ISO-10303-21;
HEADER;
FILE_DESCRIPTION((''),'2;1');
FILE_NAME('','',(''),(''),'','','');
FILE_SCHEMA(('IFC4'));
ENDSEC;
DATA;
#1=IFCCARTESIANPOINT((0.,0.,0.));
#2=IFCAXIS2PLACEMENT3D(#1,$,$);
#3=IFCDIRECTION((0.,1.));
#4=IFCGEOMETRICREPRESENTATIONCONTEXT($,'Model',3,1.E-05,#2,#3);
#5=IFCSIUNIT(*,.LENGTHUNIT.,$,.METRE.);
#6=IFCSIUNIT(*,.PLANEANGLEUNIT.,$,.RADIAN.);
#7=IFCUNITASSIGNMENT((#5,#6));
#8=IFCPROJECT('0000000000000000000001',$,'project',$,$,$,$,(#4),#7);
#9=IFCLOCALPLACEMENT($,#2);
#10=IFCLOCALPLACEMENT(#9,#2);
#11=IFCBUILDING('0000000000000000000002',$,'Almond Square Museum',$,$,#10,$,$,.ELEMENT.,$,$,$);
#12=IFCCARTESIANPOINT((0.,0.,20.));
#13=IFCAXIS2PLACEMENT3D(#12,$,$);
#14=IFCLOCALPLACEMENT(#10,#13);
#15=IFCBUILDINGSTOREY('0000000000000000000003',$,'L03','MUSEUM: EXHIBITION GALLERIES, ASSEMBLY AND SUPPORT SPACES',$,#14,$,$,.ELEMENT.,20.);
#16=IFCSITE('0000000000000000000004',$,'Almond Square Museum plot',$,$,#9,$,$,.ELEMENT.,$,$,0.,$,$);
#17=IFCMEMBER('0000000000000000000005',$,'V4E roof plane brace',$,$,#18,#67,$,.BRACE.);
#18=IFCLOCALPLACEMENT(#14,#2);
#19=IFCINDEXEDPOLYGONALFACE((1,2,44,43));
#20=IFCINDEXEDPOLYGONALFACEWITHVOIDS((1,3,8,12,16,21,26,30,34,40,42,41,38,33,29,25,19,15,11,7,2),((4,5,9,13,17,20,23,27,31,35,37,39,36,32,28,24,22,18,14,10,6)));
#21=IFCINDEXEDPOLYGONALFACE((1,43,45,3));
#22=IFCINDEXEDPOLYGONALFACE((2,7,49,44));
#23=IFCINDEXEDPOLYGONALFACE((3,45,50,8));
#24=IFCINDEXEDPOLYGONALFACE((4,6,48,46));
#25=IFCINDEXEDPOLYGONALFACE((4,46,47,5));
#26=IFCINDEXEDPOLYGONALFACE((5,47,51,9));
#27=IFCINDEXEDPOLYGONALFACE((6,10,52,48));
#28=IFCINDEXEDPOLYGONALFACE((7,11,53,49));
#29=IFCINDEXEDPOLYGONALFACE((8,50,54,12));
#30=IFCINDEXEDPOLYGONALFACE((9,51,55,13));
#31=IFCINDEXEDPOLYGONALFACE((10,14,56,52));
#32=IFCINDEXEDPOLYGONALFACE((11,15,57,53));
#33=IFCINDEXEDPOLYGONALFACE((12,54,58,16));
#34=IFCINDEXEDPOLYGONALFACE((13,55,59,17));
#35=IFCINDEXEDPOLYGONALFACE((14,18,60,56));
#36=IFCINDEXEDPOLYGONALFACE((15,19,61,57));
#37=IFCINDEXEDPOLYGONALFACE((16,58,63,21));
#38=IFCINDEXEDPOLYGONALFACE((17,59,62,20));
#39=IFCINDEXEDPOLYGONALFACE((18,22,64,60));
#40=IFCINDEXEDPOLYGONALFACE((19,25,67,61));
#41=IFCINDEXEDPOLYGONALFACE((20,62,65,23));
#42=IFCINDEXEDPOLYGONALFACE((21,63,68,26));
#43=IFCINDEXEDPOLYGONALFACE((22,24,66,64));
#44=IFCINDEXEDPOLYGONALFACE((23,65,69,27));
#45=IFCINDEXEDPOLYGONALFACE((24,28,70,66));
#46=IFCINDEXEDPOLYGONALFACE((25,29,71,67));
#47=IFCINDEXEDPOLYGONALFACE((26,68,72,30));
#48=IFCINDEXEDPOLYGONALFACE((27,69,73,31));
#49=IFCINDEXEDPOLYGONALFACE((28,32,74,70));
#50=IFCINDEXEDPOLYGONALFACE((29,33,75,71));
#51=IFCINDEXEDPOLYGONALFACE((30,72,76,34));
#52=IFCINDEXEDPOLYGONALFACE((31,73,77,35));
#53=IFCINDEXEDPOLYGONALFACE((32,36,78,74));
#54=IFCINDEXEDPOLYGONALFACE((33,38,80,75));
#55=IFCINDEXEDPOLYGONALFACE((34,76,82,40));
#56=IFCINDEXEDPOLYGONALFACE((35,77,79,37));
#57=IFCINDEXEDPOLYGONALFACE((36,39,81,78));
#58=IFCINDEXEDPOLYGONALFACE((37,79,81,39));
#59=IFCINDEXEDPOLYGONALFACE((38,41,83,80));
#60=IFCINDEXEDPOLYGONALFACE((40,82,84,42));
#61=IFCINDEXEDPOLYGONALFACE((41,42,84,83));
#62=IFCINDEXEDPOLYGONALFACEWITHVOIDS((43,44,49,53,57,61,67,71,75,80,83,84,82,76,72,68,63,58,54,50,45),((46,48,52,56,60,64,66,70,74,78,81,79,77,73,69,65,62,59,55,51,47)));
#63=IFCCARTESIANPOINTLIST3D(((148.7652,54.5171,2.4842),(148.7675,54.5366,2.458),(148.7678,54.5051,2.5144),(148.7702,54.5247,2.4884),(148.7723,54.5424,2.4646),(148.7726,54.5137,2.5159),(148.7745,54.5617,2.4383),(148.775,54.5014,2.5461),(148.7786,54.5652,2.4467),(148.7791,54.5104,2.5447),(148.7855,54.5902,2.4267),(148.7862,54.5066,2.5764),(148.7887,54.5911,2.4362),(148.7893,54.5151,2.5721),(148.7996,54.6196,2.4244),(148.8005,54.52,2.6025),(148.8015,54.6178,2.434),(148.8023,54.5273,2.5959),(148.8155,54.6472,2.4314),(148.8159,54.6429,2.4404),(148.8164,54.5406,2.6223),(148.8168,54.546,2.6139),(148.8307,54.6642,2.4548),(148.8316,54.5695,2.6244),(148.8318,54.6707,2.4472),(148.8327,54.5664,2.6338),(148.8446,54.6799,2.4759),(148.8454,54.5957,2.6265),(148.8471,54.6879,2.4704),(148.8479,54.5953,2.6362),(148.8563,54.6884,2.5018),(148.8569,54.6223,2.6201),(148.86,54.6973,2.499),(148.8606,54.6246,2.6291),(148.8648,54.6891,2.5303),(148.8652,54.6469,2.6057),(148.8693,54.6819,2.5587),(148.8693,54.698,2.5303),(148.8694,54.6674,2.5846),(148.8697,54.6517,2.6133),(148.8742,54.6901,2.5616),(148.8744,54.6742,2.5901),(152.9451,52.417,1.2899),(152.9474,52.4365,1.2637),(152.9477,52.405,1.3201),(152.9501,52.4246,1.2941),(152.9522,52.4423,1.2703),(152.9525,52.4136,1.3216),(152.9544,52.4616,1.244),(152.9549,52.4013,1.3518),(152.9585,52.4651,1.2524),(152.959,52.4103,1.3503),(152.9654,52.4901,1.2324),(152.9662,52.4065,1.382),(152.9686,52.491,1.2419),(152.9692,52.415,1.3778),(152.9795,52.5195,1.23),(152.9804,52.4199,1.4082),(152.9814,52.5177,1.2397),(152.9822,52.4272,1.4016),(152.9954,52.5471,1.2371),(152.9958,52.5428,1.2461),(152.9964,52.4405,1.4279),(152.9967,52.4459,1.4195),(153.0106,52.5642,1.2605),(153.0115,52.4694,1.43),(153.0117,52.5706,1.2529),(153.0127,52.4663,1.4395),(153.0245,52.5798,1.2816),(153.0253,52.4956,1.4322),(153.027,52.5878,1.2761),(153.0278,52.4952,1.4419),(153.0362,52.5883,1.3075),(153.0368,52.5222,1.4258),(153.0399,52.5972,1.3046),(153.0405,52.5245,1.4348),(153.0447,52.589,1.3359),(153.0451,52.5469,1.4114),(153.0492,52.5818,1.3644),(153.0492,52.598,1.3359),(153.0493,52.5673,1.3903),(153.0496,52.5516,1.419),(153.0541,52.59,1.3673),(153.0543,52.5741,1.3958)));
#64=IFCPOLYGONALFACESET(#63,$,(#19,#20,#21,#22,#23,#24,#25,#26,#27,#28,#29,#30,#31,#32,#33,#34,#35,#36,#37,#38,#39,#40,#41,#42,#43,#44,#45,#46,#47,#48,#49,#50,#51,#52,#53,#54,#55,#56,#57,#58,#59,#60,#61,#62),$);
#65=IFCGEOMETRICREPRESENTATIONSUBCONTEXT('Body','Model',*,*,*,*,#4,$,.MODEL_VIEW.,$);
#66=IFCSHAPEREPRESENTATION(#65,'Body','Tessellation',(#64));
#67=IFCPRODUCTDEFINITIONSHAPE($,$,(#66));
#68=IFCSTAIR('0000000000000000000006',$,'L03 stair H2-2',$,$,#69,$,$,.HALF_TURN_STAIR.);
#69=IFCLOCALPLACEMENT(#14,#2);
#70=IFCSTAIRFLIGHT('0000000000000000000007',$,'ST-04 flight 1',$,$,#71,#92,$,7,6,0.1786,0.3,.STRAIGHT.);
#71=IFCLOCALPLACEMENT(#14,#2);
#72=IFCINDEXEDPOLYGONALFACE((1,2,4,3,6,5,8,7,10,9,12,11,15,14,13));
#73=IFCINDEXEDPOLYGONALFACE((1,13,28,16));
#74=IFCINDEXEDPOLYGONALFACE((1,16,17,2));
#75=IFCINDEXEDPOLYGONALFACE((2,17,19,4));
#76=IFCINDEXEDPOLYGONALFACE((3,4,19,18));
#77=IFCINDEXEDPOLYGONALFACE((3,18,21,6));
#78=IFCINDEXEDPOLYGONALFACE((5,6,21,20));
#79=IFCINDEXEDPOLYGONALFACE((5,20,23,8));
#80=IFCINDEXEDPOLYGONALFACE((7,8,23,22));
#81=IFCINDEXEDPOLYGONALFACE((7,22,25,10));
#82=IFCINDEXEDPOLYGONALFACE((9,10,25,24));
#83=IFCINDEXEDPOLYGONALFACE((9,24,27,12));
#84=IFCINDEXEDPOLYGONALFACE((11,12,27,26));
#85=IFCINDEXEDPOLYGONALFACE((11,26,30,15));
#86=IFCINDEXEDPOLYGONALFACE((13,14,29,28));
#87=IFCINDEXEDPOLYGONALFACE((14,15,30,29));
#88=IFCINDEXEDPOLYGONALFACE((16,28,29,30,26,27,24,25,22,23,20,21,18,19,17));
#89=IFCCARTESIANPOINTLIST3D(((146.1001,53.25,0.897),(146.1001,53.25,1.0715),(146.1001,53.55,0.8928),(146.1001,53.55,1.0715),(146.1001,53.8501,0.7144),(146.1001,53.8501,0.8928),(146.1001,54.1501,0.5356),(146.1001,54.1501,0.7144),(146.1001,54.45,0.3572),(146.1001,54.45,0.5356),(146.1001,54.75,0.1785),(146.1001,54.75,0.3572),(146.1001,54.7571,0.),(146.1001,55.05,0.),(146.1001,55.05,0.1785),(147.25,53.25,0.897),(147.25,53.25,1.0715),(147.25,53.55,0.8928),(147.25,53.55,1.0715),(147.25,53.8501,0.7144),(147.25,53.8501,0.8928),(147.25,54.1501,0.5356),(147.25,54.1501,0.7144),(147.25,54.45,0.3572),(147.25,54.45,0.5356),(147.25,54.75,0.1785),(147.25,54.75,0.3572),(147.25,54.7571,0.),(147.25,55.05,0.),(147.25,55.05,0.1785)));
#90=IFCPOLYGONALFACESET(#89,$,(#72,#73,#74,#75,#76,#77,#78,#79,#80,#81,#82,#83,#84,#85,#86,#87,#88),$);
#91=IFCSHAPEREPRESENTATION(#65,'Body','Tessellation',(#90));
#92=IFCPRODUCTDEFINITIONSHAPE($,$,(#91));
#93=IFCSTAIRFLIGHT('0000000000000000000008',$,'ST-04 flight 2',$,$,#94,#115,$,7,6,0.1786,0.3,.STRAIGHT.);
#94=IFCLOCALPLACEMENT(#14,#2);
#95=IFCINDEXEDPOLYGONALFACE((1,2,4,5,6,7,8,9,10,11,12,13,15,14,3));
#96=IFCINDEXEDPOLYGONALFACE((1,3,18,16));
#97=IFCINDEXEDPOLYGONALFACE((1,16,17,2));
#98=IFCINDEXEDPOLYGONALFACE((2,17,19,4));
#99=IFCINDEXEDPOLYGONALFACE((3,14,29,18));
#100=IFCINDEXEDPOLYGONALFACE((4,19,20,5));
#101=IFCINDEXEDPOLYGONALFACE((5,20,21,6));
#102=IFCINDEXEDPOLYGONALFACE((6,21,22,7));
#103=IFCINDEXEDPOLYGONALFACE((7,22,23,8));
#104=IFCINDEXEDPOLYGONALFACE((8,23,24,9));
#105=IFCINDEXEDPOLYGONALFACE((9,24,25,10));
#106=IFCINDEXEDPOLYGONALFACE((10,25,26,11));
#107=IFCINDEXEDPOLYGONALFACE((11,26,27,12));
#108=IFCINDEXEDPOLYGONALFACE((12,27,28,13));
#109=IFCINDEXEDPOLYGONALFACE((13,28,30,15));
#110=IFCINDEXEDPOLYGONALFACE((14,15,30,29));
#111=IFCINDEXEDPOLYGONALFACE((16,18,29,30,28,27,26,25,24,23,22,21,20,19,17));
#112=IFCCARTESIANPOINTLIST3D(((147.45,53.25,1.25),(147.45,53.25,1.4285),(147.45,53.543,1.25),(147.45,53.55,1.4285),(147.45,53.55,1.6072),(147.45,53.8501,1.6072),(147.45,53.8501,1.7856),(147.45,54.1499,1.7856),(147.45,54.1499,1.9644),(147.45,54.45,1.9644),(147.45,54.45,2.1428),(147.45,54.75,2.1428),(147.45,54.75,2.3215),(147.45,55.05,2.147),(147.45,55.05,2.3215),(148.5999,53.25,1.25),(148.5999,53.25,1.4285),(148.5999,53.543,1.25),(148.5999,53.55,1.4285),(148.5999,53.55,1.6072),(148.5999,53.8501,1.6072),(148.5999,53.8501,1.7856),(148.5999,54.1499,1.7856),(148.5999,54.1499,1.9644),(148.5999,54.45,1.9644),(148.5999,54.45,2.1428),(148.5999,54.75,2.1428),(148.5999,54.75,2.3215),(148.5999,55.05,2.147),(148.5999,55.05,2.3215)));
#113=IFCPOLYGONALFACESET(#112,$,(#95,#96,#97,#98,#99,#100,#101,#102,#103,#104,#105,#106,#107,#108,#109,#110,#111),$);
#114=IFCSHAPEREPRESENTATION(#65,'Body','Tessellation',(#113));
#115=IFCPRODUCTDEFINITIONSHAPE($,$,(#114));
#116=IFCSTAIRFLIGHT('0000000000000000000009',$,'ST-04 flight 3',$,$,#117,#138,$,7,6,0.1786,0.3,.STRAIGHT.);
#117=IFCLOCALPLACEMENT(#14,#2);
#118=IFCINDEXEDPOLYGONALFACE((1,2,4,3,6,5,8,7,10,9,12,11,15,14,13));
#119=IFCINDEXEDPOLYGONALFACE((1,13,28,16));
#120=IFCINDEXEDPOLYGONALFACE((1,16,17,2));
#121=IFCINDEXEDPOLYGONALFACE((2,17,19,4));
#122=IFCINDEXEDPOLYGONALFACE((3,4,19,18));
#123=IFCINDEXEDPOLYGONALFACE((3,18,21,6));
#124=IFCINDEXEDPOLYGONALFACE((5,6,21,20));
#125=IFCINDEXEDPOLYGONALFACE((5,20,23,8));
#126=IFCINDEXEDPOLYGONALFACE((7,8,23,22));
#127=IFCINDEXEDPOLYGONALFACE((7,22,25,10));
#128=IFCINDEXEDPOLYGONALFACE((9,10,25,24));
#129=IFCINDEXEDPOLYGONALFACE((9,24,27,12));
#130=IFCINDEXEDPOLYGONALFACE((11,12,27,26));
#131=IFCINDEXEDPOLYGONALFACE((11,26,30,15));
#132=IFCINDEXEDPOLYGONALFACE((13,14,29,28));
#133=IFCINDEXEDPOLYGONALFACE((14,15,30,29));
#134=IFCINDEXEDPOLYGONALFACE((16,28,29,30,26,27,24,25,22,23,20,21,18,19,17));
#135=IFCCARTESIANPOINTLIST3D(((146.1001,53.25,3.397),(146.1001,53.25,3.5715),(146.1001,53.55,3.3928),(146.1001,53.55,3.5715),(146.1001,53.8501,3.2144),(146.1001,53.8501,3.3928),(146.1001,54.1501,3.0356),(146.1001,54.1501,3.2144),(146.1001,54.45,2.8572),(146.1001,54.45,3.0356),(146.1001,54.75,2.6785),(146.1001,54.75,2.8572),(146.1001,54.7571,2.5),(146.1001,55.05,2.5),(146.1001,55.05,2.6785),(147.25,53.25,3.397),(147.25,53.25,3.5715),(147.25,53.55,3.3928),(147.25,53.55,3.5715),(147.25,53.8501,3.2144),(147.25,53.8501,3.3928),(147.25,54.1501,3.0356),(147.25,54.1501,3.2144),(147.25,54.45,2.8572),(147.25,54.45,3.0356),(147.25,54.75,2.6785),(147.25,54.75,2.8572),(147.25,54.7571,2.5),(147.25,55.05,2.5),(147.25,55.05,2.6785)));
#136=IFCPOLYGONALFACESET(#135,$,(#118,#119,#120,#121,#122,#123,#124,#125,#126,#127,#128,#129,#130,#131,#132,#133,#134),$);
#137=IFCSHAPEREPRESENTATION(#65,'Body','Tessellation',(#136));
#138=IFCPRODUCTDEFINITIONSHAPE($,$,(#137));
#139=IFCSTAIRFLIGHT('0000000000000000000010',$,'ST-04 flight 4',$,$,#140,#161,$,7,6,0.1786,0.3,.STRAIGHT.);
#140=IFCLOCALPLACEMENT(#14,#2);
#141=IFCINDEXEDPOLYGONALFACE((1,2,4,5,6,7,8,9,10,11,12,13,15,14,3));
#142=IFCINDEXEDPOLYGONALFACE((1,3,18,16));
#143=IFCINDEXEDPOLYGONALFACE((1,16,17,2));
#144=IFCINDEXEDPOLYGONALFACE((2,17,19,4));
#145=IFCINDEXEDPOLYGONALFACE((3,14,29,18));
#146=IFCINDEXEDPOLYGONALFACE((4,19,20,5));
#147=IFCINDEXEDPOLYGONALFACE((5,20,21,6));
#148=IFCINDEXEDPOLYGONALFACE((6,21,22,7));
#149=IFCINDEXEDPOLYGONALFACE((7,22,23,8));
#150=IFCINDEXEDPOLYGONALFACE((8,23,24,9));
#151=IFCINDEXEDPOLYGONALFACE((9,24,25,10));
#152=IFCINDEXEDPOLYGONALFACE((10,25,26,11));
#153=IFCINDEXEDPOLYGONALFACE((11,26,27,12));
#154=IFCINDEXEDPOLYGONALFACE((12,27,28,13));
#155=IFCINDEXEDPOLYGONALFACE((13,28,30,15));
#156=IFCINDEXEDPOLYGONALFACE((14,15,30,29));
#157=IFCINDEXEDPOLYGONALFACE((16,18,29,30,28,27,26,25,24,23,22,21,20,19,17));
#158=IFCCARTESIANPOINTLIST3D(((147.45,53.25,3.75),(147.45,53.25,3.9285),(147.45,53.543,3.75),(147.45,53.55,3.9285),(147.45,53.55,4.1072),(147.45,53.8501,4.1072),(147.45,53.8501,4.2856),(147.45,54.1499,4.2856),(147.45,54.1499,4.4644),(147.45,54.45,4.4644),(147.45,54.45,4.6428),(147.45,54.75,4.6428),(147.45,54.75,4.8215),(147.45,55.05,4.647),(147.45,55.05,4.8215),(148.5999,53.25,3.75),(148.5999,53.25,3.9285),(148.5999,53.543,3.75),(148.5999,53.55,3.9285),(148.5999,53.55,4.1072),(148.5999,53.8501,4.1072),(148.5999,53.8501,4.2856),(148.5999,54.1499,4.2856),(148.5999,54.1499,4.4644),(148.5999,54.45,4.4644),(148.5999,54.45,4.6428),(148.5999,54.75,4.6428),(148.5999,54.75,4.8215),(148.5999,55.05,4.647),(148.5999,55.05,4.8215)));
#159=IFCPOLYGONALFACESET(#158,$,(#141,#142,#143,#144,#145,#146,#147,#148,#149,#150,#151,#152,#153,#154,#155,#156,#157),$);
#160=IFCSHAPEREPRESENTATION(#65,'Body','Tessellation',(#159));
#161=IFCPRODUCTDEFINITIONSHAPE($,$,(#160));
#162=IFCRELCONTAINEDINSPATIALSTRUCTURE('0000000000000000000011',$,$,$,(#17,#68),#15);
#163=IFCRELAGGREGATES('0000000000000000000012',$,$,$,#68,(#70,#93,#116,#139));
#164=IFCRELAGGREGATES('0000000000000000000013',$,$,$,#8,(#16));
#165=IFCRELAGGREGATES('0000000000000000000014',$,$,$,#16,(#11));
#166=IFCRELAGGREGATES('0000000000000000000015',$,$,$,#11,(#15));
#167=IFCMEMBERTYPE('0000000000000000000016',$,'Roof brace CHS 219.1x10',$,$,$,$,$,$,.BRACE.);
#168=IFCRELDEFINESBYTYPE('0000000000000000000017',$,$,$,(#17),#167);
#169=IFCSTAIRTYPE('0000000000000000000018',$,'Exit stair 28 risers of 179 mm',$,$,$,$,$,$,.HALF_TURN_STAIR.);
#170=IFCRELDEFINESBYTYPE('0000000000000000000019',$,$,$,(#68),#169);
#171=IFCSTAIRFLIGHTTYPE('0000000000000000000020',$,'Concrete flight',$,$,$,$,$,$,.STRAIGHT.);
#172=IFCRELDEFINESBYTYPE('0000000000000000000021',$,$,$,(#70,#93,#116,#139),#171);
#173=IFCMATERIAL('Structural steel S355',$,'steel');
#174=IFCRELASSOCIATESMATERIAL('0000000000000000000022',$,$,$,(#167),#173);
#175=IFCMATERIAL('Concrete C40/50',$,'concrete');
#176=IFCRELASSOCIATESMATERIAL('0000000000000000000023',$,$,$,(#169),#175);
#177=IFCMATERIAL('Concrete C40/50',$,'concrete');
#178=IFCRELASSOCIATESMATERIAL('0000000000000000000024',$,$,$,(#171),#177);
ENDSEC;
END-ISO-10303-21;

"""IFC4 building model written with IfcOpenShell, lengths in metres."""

from ifc_helpers import new_model, si_unit, direction, frame, origin, origin_2d, place, context, subcontext, project, spatial, polyline, hollow_circle, outline, extrude, material, material_profile, profile_set, type_object, element, aggregate, save


model = new_model("IFC4")

# Units and contexts
model_context = context("Model", 3, precision=1e-05, world=origin(), true_north=direction((0.0, 1.0)))
body_context = subcontext(model_context, "Body", "Model", "MODEL_VIEW")
ifc_project = project(units=[si_unit("LENGTHUNIT", "METRE"), si_unit("PLANEANGLEUNIT", "RADIAN")], contexts=[model_context])

# Site, building, storey
site_placement = place(None, origin())
site = spatial("IfcSite", under=ifc_project, at=site_placement, Name="Almond Square Museum plot", CompositionType="ELEMENT", RefElevation=0.0)
building_placement = place(site_placement, origin())
building = spatial("IfcBuilding", under=site, at=building_placement, Name="Almond Square Museum", CompositionType="ELEMENT")
storey_placement = place(building_placement, frame((0.0, 0.0, 20.0)))
storey = spatial("IfcBuildingStorey", under=building, at=storey_placement, Name="L03", Description="MUSEUM: EXHIBITION GALLERIES, ASSEMBLY AND SUPPORT SPACES", CompositionType="ELEMENT", Elevation=20.0)

# Member
ifc_material_1 = material(Name="Structural steel S355", Category="steel")
ifc_material_profile_1 = material_profile(ifc_material_1, hollow_circle(Radius=0.1096, WallThickness=0.01, at=origin_2d()))
ifc_profile_set_1 = profile_set([ifc_material_profile_1], Name="Structural steel S355")
member_type = type_object("IfcMemberType", Name="Roof brace CHS 219.1x10", PredefinedType="BRACE", material=ifc_profile_set_1)
member_placement = place(storey_placement, frame((148.8201, 54.6001, 2.5303), z_axis=(0.865786, -0.434991, -0.247382), x_axis=(0.448945, 0.893559, 0.0)))
element("IfcMember", 1, at=member_placement, inside=storey, type_object=member_type, Name="V4E roof plane brace", PredefinedType="BRACE", context=body_context, shape_type="SweptSolid", body=[
    extrude(hollow_circle(Radius=0.1096, WallThickness=0.01, at=origin_2d()), origin(), (0.0, 0.0, 1.0), 4.8279),
])

# Stair, stair flights
ifc_material_2 = material(Name="Concrete C40/50", Category="concrete")
stair_type = type_object("IfcStairType", Name="Exit stair 28 risers of 179 mm", PredefinedType="HALF_TURN_STAIR", material=ifc_material_2)
stair_placement = place(storey_placement, origin())
stair = element("IfcStair", 2, at=stair_placement, inside=storey, type_object=stair_type, Name="L03 stair H2-2", PredefinedType="HALF_TURN_STAIR")
ifc_material_3 = material(Name="Concrete C40/50", Category="concrete")
stair_flight_type = type_object("IfcStairFlightType", Name="Concrete flight", PredefinedType="STRAIGHT", material=ifc_material_3)
stair_flight_1_placement = place(storey_placement, frame((146.675, 55.05, 0.0), z_axis=(0.0, 0.0, 1.0), x_axis=(0.0, -1.0, 0.0)))
stair_flight_1 = element("IfcStairFlight", 3, at=stair_flight_1_placement, type_object=stair_flight_type, Name="ST-04 flight 1", NumberOfRisers=7, NumberOfTreads=6, PredefinedType="STRAIGHT", RiserHeight=0.1786, TreadLength=0.3, context=body_context, shape_type="SweptSolid", body=[
    extrude(outline(polyline([(0.0, 0.0), (0.0, 0.1785), (0.3, 0.1785), (0.3, 0.3572), (0.6001, 0.3572), (0.6001, 0.5356), (0.8999, 0.5356), (0.8999, 0.7144), (1.2, 0.7144), (1.2, 0.8928), (1.5, 0.8928), (1.5, 1.0715), (1.8, 1.0715), (1.8, 1.25), (1.8, 0.897), (0.293, 0.0), (0.0, 0.0)])), frame((0.0, 0.575, 0.0), z_axis=(0.0, -1.0, 0.0), x_axis=(1.0, 0.0, 0.0)), (0.0, 0.0, 1.0), 1.1499),
])
stair_flight_2_placement = place(storey_placement, frame((148.0249, 53.25, 1.25), z_axis=(0.0, 0.0, 1.0), x_axis=(0.0, 1.0, 0.0)))
stair_flight_2 = element("IfcStairFlight", 4, at=stair_flight_2_placement, type_object=stair_flight_type, Name="ST-04 flight 2", NumberOfRisers=7, NumberOfTreads=6, PredefinedType="STRAIGHT", RiserHeight=0.1786, TreadLength=0.3, context=body_context, shape_type="SweptSolid", body=[
    extrude(outline(polyline([(0.0, 0.0), (0.0, 0.1785), (0.3, 0.1785), (0.3, 0.3572), (0.6001, 0.3572), (0.6001, 0.5356), (0.8999, 0.5356), (0.8999, 0.7144), (1.2, 0.7144), (1.2, 0.8928), (1.5, 0.8928), (1.5, 1.0715), (1.8, 1.0715), (1.8, 1.25), (1.8, 0.897), (0.293, 0.0), (0.0, 0.0)])), frame((0.0, 0.575, 0.0), z_axis=(0.0, -1.0, 0.0), x_axis=(1.0, 0.0, 0.0)), (0.0, 0.0, 1.0), 1.1499),
])
stair_flight_3_placement = place(storey_placement, frame((146.675, 55.05, 2.5), z_axis=(0.0, 0.0, 1.0), x_axis=(0.0, -1.0, 0.0)))
stair_flight_3 = element("IfcStairFlight", 5, at=stair_flight_3_placement, type_object=stair_flight_type, Name="ST-04 flight 3", NumberOfRisers=7, NumberOfTreads=6, PredefinedType="STRAIGHT", RiserHeight=0.1786, TreadLength=0.3, context=body_context, shape_type="SweptSolid", body=[
    extrude(outline(polyline([(0.0, 0.0), (0.0, 0.1785), (0.3, 0.1785), (0.3, 0.3572), (0.6001, 0.3572), (0.6001, 0.5356), (0.8999, 0.5356), (0.8999, 0.7144), (1.2, 0.7144), (1.2, 0.8928), (1.5, 0.8928), (1.5, 1.0715), (1.8, 1.0715), (1.8, 1.25), (1.8, 0.897), (0.293, 0.0), (0.0, 0.0)])), frame((0.0, 0.575, 0.0), z_axis=(0.0, -1.0, 0.0), x_axis=(1.0, 0.0, 0.0)), (0.0, 0.0, 1.0), 1.1499),
])
stair_flight_4_placement = place(storey_placement, frame((148.0249, 53.25, 3.75), z_axis=(0.0, 0.0, 1.0), x_axis=(0.0, 1.0, 0.0)))
stair_flight_4 = element("IfcStairFlight", 6, at=stair_flight_4_placement, type_object=stair_flight_type, Name="ST-04 flight 4", NumberOfRisers=7, NumberOfTreads=6, PredefinedType="STRAIGHT", RiserHeight=0.1786, TreadLength=0.3, context=body_context, shape_type="SweptSolid", body=[
    extrude(outline(polyline([(0.0, 0.0), (0.0, 0.1785), (0.3, 0.1785), (0.3, 0.3572), (0.6001, 0.3572), (0.6001, 0.5356), (0.8999, 0.5356), (0.8999, 0.7144), (1.2, 0.7144), (1.2, 0.8928), (1.5, 0.8928), (1.5, 1.0715), (1.8, 1.0715), (1.8, 1.25), (1.8, 0.897), (0.293, 0.0), (0.0, 0.0)])), frame((0.0, 0.575, 0.0), z_axis=(0.0, -1.0, 0.0), x_axis=(1.0, 0.0, 0.0)), (0.0, 0.0, 1.0), 1.1499),
])
aggregate(stair, [stair_flight_1, stair_flight_2, stair_flight_3, stair_flight_4])

save(model, "model.ifc")
